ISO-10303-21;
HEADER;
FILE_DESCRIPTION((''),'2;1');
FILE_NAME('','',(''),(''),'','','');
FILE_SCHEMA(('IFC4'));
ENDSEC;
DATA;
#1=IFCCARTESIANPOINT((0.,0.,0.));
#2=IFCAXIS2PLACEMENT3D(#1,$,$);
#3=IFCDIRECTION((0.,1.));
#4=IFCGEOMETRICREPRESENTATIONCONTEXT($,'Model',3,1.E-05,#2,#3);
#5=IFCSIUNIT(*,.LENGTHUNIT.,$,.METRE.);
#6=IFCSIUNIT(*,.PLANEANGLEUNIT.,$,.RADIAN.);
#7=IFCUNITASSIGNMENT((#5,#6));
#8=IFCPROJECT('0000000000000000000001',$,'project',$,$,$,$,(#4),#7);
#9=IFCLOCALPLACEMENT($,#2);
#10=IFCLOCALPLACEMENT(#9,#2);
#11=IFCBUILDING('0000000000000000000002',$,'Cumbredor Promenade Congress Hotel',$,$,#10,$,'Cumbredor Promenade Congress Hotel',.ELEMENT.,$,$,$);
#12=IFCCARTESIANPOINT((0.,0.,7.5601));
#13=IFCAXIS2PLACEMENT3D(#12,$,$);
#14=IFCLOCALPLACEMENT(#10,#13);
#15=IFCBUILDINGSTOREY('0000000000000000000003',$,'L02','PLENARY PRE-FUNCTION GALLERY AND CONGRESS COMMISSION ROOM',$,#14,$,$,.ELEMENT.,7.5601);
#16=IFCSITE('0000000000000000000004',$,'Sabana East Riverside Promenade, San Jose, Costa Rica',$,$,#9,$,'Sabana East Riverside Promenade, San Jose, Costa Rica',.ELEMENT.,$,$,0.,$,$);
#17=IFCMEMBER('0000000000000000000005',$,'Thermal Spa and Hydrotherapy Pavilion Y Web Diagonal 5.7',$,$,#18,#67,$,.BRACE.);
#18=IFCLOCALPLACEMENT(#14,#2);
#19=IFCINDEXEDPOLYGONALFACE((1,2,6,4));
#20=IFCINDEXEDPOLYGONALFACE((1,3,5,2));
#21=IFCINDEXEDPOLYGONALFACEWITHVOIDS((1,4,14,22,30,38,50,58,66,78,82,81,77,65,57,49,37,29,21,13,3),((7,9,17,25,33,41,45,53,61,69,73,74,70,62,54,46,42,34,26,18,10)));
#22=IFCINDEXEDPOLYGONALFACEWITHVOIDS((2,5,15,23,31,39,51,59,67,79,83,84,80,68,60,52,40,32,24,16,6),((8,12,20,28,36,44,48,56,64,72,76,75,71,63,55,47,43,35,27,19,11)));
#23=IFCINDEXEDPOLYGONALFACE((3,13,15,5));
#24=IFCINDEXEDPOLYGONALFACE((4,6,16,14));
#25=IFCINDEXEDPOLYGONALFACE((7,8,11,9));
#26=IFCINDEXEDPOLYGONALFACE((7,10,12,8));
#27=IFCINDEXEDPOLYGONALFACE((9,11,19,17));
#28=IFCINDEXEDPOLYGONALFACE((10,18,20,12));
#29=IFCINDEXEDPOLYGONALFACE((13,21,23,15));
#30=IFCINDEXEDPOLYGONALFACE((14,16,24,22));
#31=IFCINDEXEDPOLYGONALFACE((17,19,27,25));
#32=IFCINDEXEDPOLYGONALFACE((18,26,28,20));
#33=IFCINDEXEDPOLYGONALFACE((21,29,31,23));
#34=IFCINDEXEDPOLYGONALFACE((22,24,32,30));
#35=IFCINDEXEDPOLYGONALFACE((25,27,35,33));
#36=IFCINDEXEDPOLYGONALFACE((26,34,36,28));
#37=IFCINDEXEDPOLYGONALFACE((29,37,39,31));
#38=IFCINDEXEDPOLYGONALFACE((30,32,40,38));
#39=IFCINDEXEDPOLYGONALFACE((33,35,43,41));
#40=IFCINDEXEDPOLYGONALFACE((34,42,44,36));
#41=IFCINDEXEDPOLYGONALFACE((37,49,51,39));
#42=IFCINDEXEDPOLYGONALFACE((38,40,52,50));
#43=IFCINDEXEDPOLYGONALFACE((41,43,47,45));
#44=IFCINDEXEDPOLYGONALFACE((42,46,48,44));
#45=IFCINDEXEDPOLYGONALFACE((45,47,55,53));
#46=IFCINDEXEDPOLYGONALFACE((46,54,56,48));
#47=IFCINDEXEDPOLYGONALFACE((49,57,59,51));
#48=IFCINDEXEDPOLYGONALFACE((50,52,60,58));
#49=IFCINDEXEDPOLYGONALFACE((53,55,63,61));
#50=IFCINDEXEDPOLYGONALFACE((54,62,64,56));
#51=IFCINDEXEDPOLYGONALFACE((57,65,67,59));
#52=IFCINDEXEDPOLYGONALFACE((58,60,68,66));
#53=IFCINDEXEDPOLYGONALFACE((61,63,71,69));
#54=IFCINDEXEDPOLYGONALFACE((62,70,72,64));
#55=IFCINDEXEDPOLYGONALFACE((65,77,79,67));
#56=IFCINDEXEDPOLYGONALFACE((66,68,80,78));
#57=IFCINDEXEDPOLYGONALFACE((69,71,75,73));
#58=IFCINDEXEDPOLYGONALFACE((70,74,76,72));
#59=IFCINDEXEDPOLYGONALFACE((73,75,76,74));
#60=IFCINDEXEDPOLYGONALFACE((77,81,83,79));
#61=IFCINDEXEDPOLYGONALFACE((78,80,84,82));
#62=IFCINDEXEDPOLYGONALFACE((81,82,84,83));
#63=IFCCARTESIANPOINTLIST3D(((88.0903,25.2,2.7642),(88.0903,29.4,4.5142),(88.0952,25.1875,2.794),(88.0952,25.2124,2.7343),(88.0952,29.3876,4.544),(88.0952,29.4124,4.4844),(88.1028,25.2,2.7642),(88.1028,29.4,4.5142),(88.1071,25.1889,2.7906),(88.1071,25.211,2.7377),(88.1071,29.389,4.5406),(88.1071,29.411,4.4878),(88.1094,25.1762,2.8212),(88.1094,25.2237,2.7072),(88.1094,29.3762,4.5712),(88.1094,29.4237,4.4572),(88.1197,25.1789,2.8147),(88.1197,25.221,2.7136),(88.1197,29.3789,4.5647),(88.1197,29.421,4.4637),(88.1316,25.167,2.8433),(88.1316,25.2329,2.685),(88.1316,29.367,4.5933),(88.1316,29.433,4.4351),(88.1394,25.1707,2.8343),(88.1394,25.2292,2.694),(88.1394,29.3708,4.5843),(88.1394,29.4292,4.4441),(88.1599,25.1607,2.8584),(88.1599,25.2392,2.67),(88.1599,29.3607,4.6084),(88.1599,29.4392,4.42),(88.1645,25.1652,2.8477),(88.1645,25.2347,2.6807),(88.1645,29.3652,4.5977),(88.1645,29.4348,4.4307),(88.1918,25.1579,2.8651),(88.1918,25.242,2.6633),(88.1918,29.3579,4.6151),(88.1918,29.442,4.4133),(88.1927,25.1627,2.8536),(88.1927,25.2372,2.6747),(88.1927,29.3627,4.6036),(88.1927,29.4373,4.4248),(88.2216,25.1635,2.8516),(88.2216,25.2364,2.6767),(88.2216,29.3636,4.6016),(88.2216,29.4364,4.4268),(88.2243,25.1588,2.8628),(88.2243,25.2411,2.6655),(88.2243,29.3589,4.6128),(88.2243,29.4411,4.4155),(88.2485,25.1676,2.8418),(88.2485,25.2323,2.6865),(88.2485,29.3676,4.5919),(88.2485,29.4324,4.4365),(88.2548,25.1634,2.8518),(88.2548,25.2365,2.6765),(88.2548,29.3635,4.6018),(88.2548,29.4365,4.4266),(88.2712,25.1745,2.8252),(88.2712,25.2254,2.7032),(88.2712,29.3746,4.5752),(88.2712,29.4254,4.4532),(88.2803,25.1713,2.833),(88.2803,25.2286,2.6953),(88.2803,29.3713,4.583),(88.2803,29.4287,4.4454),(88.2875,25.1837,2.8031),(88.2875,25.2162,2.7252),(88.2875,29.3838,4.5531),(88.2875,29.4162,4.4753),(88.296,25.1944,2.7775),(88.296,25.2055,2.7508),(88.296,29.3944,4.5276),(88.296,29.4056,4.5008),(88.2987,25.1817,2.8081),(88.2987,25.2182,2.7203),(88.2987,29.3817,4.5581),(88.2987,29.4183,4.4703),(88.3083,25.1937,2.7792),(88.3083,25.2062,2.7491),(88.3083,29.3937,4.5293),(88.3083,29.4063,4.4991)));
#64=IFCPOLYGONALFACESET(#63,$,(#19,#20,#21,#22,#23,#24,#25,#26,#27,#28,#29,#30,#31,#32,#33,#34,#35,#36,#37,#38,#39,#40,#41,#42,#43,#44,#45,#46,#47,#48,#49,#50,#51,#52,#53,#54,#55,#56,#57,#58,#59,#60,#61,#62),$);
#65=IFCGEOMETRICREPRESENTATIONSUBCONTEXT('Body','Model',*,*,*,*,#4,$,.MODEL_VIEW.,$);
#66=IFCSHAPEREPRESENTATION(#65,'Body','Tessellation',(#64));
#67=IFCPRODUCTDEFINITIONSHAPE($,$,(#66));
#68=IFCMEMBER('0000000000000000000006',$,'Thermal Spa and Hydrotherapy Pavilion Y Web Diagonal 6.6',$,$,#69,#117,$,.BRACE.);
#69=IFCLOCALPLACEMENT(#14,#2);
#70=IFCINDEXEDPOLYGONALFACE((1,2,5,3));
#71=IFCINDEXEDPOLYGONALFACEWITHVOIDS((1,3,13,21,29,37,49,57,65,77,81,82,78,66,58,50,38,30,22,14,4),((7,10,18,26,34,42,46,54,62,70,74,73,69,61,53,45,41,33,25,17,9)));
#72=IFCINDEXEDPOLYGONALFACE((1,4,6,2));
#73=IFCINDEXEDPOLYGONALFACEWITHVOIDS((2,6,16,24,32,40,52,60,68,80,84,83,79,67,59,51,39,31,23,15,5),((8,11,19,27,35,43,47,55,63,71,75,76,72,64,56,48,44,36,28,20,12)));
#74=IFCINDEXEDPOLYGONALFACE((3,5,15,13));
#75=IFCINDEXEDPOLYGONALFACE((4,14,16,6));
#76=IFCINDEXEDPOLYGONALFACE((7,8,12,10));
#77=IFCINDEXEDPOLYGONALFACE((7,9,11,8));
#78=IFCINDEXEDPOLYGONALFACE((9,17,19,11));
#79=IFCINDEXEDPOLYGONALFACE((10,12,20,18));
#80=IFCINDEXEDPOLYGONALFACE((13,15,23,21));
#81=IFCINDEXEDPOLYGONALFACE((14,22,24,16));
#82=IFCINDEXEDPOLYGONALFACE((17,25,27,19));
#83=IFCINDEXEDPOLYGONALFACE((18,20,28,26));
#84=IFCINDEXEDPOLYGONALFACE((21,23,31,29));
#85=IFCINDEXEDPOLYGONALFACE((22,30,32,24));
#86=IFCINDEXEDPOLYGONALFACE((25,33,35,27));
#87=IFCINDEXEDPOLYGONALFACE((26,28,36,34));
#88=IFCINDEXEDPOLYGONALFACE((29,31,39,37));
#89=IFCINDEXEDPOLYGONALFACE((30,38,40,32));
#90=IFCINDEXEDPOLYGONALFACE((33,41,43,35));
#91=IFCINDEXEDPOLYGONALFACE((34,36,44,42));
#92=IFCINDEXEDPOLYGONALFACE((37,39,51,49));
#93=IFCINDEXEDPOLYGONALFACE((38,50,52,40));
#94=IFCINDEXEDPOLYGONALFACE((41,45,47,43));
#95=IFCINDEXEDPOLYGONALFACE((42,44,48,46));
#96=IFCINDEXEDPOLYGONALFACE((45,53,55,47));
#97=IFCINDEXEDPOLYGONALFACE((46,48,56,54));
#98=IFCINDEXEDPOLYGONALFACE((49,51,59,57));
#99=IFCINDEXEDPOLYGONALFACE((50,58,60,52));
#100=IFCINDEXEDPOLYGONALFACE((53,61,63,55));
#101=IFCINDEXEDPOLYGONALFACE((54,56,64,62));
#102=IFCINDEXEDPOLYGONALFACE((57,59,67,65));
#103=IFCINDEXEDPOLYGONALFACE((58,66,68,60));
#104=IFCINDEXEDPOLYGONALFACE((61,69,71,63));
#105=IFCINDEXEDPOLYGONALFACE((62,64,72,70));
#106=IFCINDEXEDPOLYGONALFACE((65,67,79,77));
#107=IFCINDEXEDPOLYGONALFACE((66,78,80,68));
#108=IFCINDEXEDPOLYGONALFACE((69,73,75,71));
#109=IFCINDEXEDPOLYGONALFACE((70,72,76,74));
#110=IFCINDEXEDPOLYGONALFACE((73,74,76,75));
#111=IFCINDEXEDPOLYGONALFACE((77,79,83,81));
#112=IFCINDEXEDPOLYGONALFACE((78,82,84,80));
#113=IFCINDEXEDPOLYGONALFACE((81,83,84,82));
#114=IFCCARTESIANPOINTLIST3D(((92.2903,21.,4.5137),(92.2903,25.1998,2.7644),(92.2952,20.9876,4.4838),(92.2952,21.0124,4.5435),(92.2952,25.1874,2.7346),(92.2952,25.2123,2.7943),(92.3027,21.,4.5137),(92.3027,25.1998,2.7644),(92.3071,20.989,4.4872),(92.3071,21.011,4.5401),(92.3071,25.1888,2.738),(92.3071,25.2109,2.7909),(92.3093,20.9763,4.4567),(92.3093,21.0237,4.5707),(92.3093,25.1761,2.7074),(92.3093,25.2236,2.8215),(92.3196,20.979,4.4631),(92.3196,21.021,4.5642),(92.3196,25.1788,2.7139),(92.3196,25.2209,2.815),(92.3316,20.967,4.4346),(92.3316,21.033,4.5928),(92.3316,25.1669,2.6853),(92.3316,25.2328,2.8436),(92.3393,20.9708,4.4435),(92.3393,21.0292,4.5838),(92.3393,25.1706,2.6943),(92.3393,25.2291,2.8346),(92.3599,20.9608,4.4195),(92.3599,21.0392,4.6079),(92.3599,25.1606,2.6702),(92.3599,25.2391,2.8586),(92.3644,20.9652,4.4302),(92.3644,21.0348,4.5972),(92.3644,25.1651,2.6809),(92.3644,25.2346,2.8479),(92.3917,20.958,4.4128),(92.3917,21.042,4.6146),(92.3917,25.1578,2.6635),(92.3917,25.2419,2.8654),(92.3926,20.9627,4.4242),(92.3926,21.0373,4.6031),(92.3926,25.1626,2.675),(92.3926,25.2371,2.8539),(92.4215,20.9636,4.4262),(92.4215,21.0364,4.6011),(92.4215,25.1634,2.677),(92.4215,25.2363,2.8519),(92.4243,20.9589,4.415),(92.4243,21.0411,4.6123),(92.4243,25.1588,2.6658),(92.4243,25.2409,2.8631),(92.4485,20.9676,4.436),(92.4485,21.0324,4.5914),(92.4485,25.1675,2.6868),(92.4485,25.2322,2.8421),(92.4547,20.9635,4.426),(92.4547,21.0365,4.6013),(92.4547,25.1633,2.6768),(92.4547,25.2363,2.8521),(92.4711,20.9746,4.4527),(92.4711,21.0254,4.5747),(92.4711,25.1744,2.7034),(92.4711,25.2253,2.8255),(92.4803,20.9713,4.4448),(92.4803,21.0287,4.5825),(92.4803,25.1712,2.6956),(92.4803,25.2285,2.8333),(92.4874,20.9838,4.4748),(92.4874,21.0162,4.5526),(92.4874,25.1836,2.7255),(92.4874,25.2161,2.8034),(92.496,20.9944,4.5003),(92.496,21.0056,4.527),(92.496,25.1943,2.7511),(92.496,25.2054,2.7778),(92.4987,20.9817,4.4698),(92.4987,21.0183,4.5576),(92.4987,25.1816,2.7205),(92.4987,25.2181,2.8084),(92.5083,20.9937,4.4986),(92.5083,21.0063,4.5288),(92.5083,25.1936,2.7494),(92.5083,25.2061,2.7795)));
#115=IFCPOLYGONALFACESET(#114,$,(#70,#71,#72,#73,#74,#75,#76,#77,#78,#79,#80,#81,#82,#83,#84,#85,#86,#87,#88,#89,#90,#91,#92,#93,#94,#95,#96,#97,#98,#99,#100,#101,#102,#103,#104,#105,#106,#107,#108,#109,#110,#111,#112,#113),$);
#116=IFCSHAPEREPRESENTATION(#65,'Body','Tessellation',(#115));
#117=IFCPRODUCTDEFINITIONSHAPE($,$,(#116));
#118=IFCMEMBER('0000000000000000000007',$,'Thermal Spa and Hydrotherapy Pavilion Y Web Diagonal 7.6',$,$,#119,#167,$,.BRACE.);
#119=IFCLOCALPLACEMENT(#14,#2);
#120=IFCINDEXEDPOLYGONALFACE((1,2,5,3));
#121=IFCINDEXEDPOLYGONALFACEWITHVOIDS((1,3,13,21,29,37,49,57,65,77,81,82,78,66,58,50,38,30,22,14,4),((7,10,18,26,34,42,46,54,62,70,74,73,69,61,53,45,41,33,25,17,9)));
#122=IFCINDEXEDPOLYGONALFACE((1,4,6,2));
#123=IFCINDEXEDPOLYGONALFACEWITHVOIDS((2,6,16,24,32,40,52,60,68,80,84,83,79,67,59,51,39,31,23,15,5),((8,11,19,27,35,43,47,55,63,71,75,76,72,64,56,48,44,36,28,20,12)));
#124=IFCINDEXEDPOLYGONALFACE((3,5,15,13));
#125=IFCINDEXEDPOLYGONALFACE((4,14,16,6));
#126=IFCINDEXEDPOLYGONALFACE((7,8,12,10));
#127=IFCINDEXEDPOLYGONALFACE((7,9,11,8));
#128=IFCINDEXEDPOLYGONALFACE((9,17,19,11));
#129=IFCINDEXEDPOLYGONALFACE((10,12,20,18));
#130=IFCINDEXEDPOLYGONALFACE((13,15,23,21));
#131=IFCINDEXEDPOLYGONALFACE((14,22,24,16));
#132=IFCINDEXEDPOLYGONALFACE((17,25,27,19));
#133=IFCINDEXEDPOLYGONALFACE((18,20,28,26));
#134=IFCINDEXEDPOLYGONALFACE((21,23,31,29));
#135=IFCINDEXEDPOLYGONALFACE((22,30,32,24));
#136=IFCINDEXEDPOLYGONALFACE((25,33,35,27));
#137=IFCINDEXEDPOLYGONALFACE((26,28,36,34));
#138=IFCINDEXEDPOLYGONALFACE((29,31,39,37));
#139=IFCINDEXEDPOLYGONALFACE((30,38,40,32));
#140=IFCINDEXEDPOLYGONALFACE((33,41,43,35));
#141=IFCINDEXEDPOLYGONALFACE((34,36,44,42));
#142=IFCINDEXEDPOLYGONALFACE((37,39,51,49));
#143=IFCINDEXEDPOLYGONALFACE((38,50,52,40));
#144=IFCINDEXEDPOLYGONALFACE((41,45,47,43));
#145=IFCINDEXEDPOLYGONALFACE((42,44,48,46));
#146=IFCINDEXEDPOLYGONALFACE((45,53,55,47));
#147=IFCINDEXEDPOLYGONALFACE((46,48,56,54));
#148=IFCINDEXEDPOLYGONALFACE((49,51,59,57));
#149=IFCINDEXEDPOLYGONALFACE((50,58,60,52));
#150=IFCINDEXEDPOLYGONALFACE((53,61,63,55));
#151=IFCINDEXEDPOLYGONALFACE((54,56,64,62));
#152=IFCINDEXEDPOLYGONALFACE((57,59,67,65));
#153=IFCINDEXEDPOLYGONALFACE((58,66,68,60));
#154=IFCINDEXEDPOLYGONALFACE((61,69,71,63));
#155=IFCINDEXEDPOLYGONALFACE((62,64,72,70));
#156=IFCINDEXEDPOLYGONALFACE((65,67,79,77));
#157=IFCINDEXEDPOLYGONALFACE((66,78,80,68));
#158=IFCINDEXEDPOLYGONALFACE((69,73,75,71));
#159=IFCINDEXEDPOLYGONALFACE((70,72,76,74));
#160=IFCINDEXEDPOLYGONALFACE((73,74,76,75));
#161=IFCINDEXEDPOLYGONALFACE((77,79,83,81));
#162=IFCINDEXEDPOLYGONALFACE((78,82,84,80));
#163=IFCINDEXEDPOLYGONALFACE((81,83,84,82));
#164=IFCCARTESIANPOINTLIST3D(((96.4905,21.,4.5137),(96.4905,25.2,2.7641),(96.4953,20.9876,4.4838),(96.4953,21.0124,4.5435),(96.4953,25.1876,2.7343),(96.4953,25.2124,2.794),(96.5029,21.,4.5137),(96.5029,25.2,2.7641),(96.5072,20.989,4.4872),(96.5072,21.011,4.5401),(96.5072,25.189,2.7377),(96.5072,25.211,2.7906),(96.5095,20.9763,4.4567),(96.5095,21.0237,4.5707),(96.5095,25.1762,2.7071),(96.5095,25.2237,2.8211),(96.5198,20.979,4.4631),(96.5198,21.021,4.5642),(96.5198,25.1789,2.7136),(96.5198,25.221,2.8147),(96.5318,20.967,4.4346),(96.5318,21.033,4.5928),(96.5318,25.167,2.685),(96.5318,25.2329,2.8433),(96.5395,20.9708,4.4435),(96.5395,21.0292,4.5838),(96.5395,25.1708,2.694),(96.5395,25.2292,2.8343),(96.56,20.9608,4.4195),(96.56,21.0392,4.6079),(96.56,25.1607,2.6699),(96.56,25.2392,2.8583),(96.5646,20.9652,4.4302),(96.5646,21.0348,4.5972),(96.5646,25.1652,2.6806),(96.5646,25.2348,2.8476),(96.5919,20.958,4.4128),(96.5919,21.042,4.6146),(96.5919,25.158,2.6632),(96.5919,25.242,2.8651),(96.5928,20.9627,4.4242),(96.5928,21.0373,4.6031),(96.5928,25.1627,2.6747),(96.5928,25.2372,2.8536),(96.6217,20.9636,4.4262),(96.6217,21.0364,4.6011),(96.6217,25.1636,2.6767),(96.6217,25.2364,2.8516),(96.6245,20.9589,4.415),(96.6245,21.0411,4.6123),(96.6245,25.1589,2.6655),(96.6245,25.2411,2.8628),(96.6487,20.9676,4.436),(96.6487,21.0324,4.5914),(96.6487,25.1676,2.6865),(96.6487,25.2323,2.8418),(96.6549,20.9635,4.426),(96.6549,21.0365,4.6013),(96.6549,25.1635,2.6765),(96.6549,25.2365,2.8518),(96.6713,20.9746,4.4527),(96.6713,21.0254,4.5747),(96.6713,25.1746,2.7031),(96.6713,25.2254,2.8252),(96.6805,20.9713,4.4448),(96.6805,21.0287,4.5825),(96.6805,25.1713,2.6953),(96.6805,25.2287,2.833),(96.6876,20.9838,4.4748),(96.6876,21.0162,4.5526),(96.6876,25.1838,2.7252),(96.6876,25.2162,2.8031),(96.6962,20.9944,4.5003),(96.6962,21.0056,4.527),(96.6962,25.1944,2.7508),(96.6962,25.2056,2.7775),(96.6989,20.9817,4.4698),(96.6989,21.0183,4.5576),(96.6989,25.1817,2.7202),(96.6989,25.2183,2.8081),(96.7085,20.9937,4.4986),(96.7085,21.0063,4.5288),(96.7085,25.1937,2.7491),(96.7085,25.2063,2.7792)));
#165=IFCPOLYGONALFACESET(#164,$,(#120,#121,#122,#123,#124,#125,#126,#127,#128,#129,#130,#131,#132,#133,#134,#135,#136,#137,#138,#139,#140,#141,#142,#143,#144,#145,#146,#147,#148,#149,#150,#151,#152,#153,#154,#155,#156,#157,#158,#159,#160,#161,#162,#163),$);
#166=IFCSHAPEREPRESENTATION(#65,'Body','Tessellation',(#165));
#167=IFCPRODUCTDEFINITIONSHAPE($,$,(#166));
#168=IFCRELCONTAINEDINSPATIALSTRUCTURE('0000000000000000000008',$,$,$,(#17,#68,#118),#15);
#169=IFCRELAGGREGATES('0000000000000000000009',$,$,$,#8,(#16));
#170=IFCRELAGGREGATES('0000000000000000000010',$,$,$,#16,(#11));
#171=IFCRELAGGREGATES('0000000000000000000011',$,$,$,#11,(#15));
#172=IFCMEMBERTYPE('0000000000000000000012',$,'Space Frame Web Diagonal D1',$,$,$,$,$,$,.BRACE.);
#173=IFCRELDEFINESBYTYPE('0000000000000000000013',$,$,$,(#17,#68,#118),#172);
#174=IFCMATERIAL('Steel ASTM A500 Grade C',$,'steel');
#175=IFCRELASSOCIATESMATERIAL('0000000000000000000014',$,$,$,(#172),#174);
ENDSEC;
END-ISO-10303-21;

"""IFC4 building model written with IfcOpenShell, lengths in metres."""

from ifc_helpers import new_model, si_unit, direction, frame, origin, origin_2d, place, context, subcontext, project, spatial, hollow_circle, extrude, material, material_profile, profile_set, type_object, element, save


model = new_model("IFC4")

# Units and contexts
model_context = context("Model", 3, precision=1e-05, world=origin(), true_north=direction((0.0, 1.0)))
body_context = subcontext(model_context, "Body", "Model", "MODEL_VIEW")
ifc_project = project(units=[si_unit("LENGTHUNIT", "METRE"), si_unit("PLANEANGLEUNIT", "RADIAN")], contexts=[model_context])

# Site, building, storey
site_placement = place(None, origin())
site = spatial("IfcSite", under=ifc_project, at=site_placement, Name="Sabana East Riverside Promenade, San Jose, Costa Rica", LongName="Sabana East Riverside Promenade, San Jose, Costa Rica", CompositionType="ELEMENT", RefElevation=0.0)
building_placement = place(site_placement, origin())
building = spatial("IfcBuilding", under=site, at=building_placement, Name="Cumbredor Promenade Congress Hotel", LongName="Cumbredor Promenade Congress Hotel", CompositionType="ELEMENT")
storey_placement = place(building_placement, frame((0.0, 0.0, 7.5601)))
storey = spatial("IfcBuildingStorey", under=building, at=storey_placement, Name="L02", Description="PLENARY PRE-FUNCTION GALLERY AND CONGRESS COMMISSION ROOM", CompositionType="ELEMENT", Elevation=7.5601)

# Members
ifc_material_1 = material(Name="Steel ASTM A500 Grade C", Category="steel")
ifc_material_profile_1 = material_profile(ifc_material_1, hollow_circle(Radius=0.1096, WallThickness=0.0125, at=origin_2d()), Name="CHS 219.1x12.5")
ifc_profile_set_1 = profile_set([ifc_material_profile_1], Name="Steel ASTM A500 Grade C")
member_type_1 = type_object("IfcMemberType", Name="Space Frame Web Diagonal D1", PredefinedType="BRACE", material=ifc_profile_set_1)
member_1_placement = place(storey_placement, frame((88.2, 25.2, 2.7642), z_axis=(0.0, 0.923075, 0.384619), x_axis=(-1.0, 0.0, 0.0)))
element("IfcMember", 1, at=member_1_placement, inside=storey, type_object=member_type_1, Name="Thermal Spa and Hydrotherapy Pavilion Y Web Diagonal 5.7", PredefinedType="BRACE", context=body_context, shape_type="SweptSolid", body=[
    extrude(hollow_circle(Radius=0.1096, WallThickness=0.0125, at=origin_2d()), origin(), (0.0, 0.0, 1.0), 4.55),
])
member_2_placement = place(storey_placement, frame((92.3999, 21.0, 4.5137), z_axis=(0.0, 0.923132, -0.384482), x_axis=(-1.0, 0.0, 0.0)))
element("IfcMember", 2, at=member_2_placement, inside=storey, type_object=member_type_1, Name="Thermal Spa and Hydrotherapy Pavilion Y Web Diagonal 6.6", PredefinedType="BRACE", context=body_context, shape_type="SweptSolid", body=[
    extrude(hollow_circle(Radius=0.1096, WallThickness=0.0125, at=origin_2d()), origin(), (0.0, 0.0, 1.0), 4.5496),
])
member_3_placement = place(storey_placement, frame((96.6001, 21.0, 4.5137), z_axis=(0.0, 0.923113, -0.384528), x_axis=(-1.0, 0.0, 0.0)))
element("IfcMember", 3, at=member_3_placement, inside=storey, type_object=member_type_1, Name="Thermal Spa and Hydrotherapy Pavilion Y Web Diagonal 7.6", PredefinedType="BRACE", context=body_context, shape_type="SweptSolid", body=[
    extrude(hollow_circle(Radius=0.1096, WallThickness=0.0125, at=origin_2d()), origin(), (0.0, 0.0, 1.0), 4.5498),
])

save(model, "model.ifc")
